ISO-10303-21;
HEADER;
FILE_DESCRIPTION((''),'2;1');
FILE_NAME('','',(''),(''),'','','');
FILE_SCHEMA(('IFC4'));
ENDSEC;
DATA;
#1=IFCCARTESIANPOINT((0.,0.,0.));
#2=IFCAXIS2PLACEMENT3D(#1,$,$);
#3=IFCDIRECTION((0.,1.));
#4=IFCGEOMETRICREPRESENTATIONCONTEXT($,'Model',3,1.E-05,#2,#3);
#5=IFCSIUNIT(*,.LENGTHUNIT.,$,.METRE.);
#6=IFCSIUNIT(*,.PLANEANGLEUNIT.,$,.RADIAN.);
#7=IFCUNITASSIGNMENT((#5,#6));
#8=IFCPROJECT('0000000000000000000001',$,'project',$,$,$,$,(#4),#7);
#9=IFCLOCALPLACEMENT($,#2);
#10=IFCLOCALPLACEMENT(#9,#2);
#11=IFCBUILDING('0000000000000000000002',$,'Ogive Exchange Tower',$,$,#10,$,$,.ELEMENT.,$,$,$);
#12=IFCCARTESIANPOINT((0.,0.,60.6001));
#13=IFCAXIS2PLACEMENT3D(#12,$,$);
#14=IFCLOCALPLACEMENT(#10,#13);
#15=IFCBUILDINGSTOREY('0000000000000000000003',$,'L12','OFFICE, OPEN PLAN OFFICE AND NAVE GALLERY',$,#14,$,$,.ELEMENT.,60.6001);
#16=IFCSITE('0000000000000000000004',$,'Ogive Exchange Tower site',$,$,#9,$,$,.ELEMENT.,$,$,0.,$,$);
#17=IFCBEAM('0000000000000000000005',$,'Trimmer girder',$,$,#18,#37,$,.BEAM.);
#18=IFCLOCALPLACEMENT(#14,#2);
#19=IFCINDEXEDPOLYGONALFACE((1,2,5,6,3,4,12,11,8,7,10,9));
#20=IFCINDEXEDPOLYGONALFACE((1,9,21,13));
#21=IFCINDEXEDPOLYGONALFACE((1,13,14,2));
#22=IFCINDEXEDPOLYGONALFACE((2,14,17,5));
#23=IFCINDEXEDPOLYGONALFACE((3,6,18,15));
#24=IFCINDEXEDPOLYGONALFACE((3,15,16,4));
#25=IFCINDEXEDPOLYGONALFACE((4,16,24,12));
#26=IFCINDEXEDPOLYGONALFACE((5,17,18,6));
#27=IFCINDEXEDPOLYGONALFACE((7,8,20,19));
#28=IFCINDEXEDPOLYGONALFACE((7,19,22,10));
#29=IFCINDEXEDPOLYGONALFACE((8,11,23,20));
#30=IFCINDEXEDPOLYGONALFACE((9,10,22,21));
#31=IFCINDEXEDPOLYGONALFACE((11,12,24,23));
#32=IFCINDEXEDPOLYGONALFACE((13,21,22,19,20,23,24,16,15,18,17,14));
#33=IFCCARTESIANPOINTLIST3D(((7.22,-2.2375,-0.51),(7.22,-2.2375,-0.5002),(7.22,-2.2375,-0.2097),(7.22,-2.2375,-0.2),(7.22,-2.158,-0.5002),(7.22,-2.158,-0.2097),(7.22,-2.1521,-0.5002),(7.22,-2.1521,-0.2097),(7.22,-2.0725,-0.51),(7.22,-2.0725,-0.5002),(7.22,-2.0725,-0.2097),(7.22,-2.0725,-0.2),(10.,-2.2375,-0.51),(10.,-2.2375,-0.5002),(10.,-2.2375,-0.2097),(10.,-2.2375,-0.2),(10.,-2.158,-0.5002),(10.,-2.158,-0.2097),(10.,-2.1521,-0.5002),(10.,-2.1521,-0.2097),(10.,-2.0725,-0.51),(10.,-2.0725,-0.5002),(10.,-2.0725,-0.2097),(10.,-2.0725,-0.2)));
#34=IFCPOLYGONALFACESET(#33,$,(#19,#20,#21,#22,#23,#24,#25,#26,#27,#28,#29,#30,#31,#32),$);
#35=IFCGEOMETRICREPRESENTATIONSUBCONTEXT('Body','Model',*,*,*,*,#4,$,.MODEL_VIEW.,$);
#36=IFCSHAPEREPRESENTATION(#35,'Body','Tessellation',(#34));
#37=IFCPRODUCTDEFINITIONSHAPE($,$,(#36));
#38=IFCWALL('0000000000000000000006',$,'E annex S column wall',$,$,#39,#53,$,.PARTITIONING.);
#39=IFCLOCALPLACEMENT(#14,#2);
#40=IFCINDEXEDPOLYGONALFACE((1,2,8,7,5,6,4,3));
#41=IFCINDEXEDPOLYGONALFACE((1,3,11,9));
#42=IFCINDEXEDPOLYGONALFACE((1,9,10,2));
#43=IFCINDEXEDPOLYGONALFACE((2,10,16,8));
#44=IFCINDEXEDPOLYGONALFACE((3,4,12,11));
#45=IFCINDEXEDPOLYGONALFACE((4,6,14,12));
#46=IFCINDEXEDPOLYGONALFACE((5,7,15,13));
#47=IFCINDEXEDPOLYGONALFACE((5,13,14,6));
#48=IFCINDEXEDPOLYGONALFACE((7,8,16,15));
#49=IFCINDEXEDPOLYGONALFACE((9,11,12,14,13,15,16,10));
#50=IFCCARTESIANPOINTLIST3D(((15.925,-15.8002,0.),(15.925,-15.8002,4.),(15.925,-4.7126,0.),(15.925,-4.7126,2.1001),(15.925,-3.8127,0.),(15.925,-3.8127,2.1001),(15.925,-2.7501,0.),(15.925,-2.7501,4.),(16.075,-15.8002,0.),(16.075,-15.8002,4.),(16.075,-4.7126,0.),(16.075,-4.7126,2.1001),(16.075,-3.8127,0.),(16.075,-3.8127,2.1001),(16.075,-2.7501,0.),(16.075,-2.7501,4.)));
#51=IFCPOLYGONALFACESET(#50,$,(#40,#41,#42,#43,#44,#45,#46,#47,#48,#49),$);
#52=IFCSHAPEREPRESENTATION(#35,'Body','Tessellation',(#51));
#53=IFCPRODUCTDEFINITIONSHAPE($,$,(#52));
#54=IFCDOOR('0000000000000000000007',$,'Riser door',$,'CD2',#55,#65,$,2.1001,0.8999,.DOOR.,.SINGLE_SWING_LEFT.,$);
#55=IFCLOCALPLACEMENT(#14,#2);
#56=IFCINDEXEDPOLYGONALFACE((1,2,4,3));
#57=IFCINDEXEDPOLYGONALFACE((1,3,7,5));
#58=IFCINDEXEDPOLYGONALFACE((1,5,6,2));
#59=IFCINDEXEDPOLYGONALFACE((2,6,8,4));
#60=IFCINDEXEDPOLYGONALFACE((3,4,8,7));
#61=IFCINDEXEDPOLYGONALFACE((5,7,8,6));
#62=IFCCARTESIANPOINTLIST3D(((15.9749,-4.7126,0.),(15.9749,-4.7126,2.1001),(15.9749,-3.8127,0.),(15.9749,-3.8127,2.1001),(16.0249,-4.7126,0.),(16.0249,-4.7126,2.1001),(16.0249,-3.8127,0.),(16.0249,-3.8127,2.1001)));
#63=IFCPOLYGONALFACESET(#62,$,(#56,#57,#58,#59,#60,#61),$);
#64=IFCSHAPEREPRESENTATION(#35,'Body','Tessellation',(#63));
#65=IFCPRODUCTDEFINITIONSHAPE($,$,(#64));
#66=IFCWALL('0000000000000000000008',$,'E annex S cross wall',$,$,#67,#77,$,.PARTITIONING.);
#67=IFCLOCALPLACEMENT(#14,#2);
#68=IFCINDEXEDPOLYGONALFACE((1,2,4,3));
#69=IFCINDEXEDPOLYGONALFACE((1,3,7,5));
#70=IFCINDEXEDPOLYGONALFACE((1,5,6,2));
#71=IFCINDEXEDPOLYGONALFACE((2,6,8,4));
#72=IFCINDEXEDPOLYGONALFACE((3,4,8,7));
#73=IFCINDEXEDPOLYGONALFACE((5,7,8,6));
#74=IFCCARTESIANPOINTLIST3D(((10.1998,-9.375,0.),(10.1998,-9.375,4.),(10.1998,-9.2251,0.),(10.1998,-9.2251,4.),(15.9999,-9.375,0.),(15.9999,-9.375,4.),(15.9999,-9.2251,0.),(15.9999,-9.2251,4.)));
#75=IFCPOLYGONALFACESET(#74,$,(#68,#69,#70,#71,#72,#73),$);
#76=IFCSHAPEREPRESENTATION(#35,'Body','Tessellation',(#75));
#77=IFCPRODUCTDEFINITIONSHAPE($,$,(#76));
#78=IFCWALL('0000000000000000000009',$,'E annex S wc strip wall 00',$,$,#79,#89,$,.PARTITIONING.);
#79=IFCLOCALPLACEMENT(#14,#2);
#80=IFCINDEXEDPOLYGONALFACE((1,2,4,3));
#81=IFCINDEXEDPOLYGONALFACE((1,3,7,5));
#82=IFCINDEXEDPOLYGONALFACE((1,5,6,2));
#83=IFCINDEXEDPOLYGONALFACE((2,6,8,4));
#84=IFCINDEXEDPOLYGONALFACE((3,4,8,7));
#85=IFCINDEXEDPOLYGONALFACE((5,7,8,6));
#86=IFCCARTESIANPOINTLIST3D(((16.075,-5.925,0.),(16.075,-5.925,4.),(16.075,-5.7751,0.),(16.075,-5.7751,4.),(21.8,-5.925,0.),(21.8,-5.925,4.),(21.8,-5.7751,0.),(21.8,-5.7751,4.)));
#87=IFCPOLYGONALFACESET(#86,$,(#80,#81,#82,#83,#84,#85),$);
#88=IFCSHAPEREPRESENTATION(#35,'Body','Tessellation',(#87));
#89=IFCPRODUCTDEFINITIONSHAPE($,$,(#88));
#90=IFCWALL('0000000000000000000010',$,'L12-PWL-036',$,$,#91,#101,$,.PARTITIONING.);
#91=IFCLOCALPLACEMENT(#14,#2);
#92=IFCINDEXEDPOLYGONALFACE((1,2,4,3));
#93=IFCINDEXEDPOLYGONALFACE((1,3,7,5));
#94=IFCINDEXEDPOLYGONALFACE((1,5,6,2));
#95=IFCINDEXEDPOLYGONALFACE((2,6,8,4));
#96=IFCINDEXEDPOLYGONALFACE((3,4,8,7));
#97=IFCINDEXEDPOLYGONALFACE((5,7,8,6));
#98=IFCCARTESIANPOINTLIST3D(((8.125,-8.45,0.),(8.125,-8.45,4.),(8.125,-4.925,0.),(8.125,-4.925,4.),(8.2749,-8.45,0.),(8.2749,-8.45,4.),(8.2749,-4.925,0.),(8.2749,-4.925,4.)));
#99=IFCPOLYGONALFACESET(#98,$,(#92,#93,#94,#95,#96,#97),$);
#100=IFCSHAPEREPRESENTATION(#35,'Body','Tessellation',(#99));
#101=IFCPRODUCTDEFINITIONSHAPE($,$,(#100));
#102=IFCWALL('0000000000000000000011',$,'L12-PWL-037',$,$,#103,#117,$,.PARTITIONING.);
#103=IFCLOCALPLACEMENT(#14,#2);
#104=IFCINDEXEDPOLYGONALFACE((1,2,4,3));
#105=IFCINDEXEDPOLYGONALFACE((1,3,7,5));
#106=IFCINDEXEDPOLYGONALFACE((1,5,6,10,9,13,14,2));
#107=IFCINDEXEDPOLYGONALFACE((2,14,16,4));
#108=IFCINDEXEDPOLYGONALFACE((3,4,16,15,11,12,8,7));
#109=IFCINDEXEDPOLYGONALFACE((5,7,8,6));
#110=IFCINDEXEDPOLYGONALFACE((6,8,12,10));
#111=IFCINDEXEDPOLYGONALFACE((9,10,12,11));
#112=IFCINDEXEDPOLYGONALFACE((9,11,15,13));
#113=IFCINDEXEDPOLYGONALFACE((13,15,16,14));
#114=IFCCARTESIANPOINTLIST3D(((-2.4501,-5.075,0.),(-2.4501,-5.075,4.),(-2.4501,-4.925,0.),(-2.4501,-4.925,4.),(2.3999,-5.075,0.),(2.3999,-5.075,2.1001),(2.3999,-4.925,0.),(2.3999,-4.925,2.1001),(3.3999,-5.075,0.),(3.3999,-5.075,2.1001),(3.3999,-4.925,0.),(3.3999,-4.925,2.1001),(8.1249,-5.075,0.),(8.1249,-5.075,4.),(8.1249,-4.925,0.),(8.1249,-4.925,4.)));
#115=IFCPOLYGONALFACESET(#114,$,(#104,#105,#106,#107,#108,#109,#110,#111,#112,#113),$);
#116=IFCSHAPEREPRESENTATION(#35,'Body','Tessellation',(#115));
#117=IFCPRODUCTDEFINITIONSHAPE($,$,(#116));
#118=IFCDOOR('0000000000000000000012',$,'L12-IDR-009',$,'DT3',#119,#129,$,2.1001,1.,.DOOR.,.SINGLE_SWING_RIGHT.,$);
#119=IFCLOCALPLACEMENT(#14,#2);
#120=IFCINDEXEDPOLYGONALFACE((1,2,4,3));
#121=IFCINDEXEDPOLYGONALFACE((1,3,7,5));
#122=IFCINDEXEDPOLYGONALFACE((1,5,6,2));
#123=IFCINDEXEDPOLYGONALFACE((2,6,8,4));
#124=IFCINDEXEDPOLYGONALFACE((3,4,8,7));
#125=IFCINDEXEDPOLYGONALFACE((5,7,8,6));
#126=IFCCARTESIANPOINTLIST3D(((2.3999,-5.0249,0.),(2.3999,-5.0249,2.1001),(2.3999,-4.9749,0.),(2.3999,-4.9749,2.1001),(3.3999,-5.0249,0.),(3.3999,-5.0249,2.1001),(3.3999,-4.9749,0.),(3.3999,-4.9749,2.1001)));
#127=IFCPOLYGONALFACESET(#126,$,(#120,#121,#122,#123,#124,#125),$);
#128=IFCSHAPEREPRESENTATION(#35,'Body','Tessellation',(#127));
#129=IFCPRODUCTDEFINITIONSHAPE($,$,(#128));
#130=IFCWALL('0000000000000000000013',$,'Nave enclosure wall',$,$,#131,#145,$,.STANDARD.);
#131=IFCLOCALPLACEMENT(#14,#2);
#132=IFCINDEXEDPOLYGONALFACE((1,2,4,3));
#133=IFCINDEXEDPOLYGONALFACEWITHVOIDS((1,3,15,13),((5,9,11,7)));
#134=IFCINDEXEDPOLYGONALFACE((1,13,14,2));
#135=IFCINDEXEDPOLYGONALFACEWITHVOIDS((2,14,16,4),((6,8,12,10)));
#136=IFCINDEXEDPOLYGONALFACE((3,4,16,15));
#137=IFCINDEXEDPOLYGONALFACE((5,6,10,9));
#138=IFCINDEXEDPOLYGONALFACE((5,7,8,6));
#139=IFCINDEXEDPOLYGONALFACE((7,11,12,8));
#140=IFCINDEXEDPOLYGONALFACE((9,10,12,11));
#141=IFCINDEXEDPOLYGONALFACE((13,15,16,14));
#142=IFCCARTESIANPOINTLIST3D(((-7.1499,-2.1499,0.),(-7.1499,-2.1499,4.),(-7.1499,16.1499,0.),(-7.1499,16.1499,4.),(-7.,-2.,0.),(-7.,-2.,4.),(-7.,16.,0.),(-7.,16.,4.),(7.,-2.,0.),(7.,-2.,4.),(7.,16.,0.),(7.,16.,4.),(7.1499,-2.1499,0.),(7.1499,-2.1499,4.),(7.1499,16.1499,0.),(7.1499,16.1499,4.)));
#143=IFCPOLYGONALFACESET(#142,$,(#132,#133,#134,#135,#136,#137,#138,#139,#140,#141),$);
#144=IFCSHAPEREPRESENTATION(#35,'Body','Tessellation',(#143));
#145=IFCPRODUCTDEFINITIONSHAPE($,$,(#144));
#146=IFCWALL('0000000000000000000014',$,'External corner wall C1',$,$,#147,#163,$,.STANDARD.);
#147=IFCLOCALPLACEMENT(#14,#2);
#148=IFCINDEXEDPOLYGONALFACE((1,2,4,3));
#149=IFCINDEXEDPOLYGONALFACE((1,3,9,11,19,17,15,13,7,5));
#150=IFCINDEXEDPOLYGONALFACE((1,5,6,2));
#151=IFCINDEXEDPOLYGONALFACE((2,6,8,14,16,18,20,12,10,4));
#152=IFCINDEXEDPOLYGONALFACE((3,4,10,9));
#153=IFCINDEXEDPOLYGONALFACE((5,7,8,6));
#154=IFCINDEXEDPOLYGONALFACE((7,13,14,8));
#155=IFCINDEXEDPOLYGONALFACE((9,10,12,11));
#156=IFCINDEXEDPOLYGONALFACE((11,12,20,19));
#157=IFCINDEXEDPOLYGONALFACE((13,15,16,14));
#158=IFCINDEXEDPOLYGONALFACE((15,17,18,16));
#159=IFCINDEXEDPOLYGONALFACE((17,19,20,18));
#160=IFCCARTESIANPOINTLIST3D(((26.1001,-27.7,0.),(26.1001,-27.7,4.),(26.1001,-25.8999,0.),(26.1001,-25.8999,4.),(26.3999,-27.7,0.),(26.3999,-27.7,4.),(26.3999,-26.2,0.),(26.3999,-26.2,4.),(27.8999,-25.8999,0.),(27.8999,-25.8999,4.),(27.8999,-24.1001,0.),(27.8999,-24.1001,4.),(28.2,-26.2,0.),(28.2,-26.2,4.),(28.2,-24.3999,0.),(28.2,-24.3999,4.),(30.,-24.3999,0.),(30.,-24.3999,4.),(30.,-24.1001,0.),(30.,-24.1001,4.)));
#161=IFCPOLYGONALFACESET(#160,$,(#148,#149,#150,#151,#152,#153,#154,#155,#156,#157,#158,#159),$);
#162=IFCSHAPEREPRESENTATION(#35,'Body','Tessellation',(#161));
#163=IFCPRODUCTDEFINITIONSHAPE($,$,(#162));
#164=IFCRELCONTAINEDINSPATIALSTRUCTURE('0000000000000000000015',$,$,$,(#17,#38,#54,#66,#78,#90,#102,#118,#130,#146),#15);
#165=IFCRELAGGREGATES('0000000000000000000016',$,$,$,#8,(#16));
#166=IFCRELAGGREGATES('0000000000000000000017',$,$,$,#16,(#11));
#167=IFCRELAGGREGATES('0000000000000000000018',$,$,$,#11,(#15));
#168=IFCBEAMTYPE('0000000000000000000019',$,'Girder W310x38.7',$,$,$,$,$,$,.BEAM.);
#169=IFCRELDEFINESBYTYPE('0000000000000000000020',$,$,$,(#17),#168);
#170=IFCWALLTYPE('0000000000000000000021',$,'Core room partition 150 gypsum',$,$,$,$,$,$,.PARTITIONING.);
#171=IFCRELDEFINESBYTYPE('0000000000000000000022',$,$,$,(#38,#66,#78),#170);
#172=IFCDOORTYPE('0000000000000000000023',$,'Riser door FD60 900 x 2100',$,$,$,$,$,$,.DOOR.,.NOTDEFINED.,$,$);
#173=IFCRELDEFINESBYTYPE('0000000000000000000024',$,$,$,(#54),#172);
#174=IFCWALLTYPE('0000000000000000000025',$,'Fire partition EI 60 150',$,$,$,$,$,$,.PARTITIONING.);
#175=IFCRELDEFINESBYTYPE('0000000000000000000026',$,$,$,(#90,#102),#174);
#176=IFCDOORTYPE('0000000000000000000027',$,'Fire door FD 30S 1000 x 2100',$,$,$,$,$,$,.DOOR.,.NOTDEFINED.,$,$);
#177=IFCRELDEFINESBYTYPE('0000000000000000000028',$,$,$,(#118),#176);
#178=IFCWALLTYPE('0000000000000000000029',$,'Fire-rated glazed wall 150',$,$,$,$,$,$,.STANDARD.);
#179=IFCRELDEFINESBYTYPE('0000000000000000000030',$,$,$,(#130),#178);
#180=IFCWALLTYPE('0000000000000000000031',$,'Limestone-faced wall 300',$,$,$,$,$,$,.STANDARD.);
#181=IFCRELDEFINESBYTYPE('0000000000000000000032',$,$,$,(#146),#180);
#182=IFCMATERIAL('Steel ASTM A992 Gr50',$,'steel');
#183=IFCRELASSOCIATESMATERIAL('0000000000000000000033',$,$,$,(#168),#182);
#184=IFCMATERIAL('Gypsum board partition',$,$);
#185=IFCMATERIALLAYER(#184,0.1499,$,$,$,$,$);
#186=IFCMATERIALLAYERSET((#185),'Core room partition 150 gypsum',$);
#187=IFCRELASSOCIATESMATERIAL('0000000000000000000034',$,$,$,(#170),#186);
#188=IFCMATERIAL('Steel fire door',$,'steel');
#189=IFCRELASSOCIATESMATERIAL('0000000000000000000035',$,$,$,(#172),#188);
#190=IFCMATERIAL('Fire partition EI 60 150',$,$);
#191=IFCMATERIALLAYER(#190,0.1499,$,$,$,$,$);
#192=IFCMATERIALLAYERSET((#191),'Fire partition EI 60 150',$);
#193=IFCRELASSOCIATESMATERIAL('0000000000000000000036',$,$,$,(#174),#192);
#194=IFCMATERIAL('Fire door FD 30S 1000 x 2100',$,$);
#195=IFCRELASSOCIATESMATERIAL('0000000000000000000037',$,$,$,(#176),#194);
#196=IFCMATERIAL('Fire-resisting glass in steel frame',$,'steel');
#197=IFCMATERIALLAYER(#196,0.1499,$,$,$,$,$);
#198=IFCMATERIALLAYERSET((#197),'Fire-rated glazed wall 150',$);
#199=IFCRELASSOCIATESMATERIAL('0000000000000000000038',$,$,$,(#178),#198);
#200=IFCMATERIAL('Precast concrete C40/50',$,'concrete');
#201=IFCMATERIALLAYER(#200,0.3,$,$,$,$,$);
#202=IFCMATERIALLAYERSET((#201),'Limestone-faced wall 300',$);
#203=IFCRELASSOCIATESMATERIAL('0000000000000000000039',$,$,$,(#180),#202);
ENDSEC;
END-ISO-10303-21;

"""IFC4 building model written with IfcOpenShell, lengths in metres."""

from ifc_helpers import new_model, si_unit, direction, frame, frame_2d, origin, origin_2d, place, context, subcontext, project, spatial, polyline, rectangle, i_section, outline, extrude, material, layer, layer_set, material_profile, profile_set, type_object, element, fill, save


model = new_model("IFC4")

# Units and contexts
model_context = context("Model", 3, precision=1e-05, world=origin(), true_north=direction((0.0, 1.0)))
body_context = subcontext(model_context, "Body", "Model", "MODEL_VIEW")
ifc_project = project(units=[si_unit("LENGTHUNIT", "METRE"), si_unit("PLANEANGLEUNIT", "RADIAN")], contexts=[model_context])

# Site, building, storey
site_placement = place(None, origin())
site = spatial("IfcSite", under=ifc_project, at=site_placement, Name="Ogive Exchange Tower site", CompositionType="ELEMENT", RefElevation=0.0)
building_placement = place(site_placement, origin())
building = spatial("IfcBuilding", under=site, at=building_placement, Name="Ogive Exchange Tower", CompositionType="ELEMENT")
storey_placement = place(building_placement, frame((0.0, 0.0, 60.6001)))
storey = spatial("IfcBuildingStorey", under=building, at=storey_placement, Name="L12", Description="OFFICE, OPEN PLAN OFFICE AND NAVE GALLERY", CompositionType="ELEMENT", Elevation=60.6001)

# Beam
ifc_material_1 = material(Name="Steel ASTM A992 Gr50", Category="steel")
ifc_material_profile = material_profile(ifc_material_1, i_section(OverallWidth=0.165, OverallDepth=0.3101, WebThickness=0.0059, FlangeThickness=0.0098, at=origin_2d()), Name="W310x38.7")
ifc_profile_set = profile_set([ifc_material_profile], Name="Steel ASTM A992 Gr50")
beam_type = type_object("IfcBeamType", Name="Girder W310x38.7", PredefinedType="BEAM", material=ifc_profile_set)
beam_placement = place(storey_placement, frame((7.22, -2.155, -0.355), z_axis=(1.0, 0.0, 0.0), x_axis=(0.0, 1.0, 0.0)))
element("IfcBeam", 1, at=beam_placement, inside=storey, type_object=beam_type, Name="Trimmer girder", PredefinedType="BEAM", context=body_context, shape_type="SweptSolid", body=[
    extrude(i_section(OverallWidth=0.165, OverallDepth=0.3101, WebThickness=0.0059, FlangeThickness=0.0098, at=origin_2d()), origin(), (0.0, 0.0, 1.0), 2.78),
])

# Wall, opening, door
ifc_material_2 = material(Name="Gypsum board partition")
ifc_layer_1 = layer(ifc_material_2, 0.1499)
ifc_layer_set_1 = layer_set([ifc_layer_1], Name="Core room partition 150 gypsum")
wall_type_1 = type_object("IfcWallType", Name="Core room partition 150 gypsum", PredefinedType="PARTITIONING", material=ifc_layer_set_1)
wall_1_placement = place(storey_placement, frame((16.0, -15.8, 0.0), z_axis=(0.0, 0.0, 1.0), x_axis=(0.0, 1.0, 0.0)))
wall_1 = element("IfcWall", 2, at=wall_1_placement, inside=storey, type_object=wall_type_1, Name="E annex S column wall", PredefinedType="PARTITIONING", context=body_context, shape_type="SweptSolid", body=[
    extrude(rectangle(XDim=13.05, YDim=0.1499, at=frame_2d((6.5249, 0.0))), origin(), (0.0, 0.0, 1.0), 4.0),
])
opening_1_placement = place(wall_1_placement, frame((11.0874, 0.0, 0.0)))
opening_1 = element("IfcOpeningElement", 3, at=opening_1_placement, cuts=wall_1, PredefinedType="OPENING", context=body_context, shape_type="SweptSolid", body=[
    extrude(rectangle(XDim=0.8999, YDim=2.1001, at=frame_2d((0.45, 1.05))), frame((0.0, 0.085, 0.0), z_axis=(0.0, -1.0, 0.0), x_axis=(1.0, 0.0, 0.0)), (0.0, 0.0, 1.0), 0.1699),
])
ifc_material_3 = material(Name="Steel fire door", Category="steel")
door_type_1 = type_object("IfcDoorType", Name="Riser door FD60 900 x 2100", OperationType="NOTDEFINED", PredefinedType="DOOR", material=ifc_material_3)
door_1_placement = place(opening_1_placement, frame((0.8999, 0.0, 0.0), z_axis=(0.0, 0.0, 1.0), x_axis=(-1.0, 0.0, 0.0)))
door_1 = element("IfcDoor", 4, at=door_1_placement, inside=storey, type_object=door_type_1, Name="Riser door", ObjectType="CD2", OperationType="SINGLE_SWING_LEFT", OverallHeight=2.1001, OverallWidth=0.8999, PredefinedType="DOOR", context=body_context, shape_type="SweptSolid", body=[
    extrude(rectangle(XDim=0.8999, YDim=2.1001, at=frame_2d((0.45, 1.05))), frame((0.0, 0.0249, 0.0), z_axis=(0.0, -1.0, 0.0), x_axis=(1.0, 0.0, 0.0)), (0.0, 0.0, 1.0), 0.05),
])
fill(opening_1, door_1)

# Walls
wall_2_placement = place(storey_placement, frame((10.2, -9.3, 0.0), z_axis=(0.0, 0.0, 1.0), x_axis=(1.0, 0.0, 0.0)))
element("IfcWall", 5, at=wall_2_placement, inside=storey, type_object=wall_type_1, Name="E annex S cross wall", PredefinedType="PARTITIONING", context=body_context, shape_type="SweptSolid", body=[
    extrude(rectangle(XDim=5.8, YDim=0.1499, at=frame_2d((2.8999, 0.0))), origin(), (0.0, 0.0, 1.0), 4.0),
])
wall_3_placement = place(storey_placement, frame((16.075, -5.8501, 0.0), z_axis=(0.0, 0.0, 1.0), x_axis=(1.0, 0.0, 0.0)))
element("IfcWall", 6, at=wall_3_placement, inside=storey, type_object=wall_type_1, Name="E annex S wc strip wall 00", PredefinedType="PARTITIONING", context=body_context, shape_type="SweptSolid", body=[
    extrude(rectangle(XDim=5.7251, YDim=0.1499, at=frame_2d((2.8625, 0.0))), origin(), (0.0, 0.0, 1.0), 4.0),
])
ifc_material_4 = material(Name="Fire partition EI 60 150")
ifc_layer_2 = layer(ifc_material_4, 0.1499)
ifc_layer_set_2 = layer_set([ifc_layer_2], Name="Fire partition EI 60 150")
wall_type_2 = type_object("IfcWallType", Name="Fire partition EI 60 150", PredefinedType="PARTITIONING", material=ifc_layer_set_2)
wall_4_placement = place(storey_placement, frame((8.2, -8.45, 0.0), z_axis=(0.0, 0.0, 1.0), x_axis=(0.0, 1.0, 0.0)))
element("IfcWall", 7, at=wall_4_placement, inside=storey, type_object=wall_type_2, Name="L12-PWL-036", PredefinedType="PARTITIONING", context=body_context, shape_type="SweptSolid", body=[
    extrude(rectangle(XDim=3.5249, YDim=0.1499, at=frame_2d((1.7625, 0.0))), origin(), (0.0, 0.0, 1.0), 4.0),
])

# Wall, opening, door
wall_5_placement = place(storey_placement, frame((8.125, -5.0, 0.0), z_axis=(0.0, 0.0, 1.0), x_axis=(-1.0, 0.0, 0.0)))
wall_5 = element("IfcWall", 8, at=wall_5_placement, inside=storey, type_object=wall_type_2, Name="L12-PWL-037", PredefinedType="PARTITIONING", context=body_context, shape_type="SweptSolid", body=[
    extrude(rectangle(XDim=10.575, YDim=0.1499, at=frame_2d((5.2876, 0.0))), origin(), (0.0, 0.0, 1.0), 4.0),
])
opening_2_placement = place(wall_5_placement, frame((4.7251, 0.0, 0.0)))
opening_2 = element("IfcOpeningElement", 9, at=opening_2_placement, cuts=wall_5, PredefinedType="OPENING", context=body_context, shape_type="SweptSolid", body=[
    extrude(rectangle(XDim=1.0, YDim=2.1001, at=frame_2d((0.5, 1.05))), frame((0.0, 0.085, 0.0), z_axis=(0.0, -1.0, 0.0), x_axis=(1.0, 0.0, 0.0)), (0.0, 0.0, 1.0), 0.1699),
])
ifc_material_5 = material(Name="Fire door FD 30S 1000 x 2100")
door_type_2 = type_object("IfcDoorType", Name="Fire door FD 30S 1000 x 2100", OperationType="NOTDEFINED", PredefinedType="DOOR", material=ifc_material_5)
door_2_placement = place(opening_2_placement, origin())
door_2 = element("IfcDoor", 10, at=door_2_placement, inside=storey, type_object=door_type_2, Name="L12-IDR-009", ObjectType="DT3", OperationType="SINGLE_SWING_RIGHT", OverallHeight=2.1001, OverallWidth=1.0, PredefinedType="DOOR", context=body_context, shape_type="SweptSolid", body=[
    extrude(rectangle(XDim=1.0, YDim=2.1001, at=frame_2d((0.5, 1.05))), frame((0.0, 0.0249, 0.0), z_axis=(0.0, -1.0, 0.0), x_axis=(1.0, 0.0, 0.0)), (0.0, 0.0, 1.0), 0.05),
])
fill(opening_2, door_2)

# Walls
ifc_material_6 = material(Name="Fire-resisting glass in steel frame", Category="steel")
ifc_layer_3 = layer(ifc_material_6, 0.1499)
ifc_layer_set_3 = layer_set([ifc_layer_3], Name="Fire-rated glazed wall 150")
wall_type_3 = type_object("IfcWallType", Name="Fire-rated glazed wall 150", PredefinedType="STANDARD", material=ifc_layer_set_3)
wall_6_placement = place(storey_placement, origin())
element("IfcWall", 11, at=wall_6_placement, inside=storey, type_object=wall_type_3, Name="Nave enclosure wall", PredefinedType="STANDARD", context=body_context, shape_type="SweptSolid", body=[
    extrude(outline(polyline([(-7.1499, -2.1499), (7.1499, -2.1499), (7.1499, 16.1499), (-7.1499, 16.1499), (-7.1499, -2.1499)]), holes=[polyline([(-7.0, -2.0), (-7.0, 16.0), (7.0, 16.0), (7.0, -2.0), (-7.0, -2.0)])]), origin(), (0.0, 0.0, 1.0), 4.0),
])
ifc_material_7 = material(Name="Precast concrete C40/50", Category="concrete")
ifc_layer_4 = layer(ifc_material_7, 0.3)
ifc_layer_set_4 = layer_set([ifc_layer_4], Name="Limestone-faced wall 300")
wall_type_4 = type_object("IfcWallType", Name="Limestone-faced wall 300", PredefinedType="STANDARD", material=ifc_layer_set_4)
wall_7_placement = place(storey_placement, origin())
element("IfcWall", 12, at=wall_7_placement, inside=storey, type_object=wall_type_4, Name="External corner wall C1", PredefinedType="STANDARD", context=body_context, shape_type="SweptSolid", body=[
    extrude(outline(polyline([(27.8999, -25.8999), (27.8999, -24.1001), (30.0, -24.1001), (30.0, -24.3999), (28.2, -24.3999), (28.2, -26.2), (26.3999, -26.2), (26.3999, -27.7), (26.1001, -27.7), (26.1001, -25.8999), (27.8999, -25.8999)])), origin(), (0.0, 0.0, 1.0), 4.0),
])

save(model, "model.ifc")
